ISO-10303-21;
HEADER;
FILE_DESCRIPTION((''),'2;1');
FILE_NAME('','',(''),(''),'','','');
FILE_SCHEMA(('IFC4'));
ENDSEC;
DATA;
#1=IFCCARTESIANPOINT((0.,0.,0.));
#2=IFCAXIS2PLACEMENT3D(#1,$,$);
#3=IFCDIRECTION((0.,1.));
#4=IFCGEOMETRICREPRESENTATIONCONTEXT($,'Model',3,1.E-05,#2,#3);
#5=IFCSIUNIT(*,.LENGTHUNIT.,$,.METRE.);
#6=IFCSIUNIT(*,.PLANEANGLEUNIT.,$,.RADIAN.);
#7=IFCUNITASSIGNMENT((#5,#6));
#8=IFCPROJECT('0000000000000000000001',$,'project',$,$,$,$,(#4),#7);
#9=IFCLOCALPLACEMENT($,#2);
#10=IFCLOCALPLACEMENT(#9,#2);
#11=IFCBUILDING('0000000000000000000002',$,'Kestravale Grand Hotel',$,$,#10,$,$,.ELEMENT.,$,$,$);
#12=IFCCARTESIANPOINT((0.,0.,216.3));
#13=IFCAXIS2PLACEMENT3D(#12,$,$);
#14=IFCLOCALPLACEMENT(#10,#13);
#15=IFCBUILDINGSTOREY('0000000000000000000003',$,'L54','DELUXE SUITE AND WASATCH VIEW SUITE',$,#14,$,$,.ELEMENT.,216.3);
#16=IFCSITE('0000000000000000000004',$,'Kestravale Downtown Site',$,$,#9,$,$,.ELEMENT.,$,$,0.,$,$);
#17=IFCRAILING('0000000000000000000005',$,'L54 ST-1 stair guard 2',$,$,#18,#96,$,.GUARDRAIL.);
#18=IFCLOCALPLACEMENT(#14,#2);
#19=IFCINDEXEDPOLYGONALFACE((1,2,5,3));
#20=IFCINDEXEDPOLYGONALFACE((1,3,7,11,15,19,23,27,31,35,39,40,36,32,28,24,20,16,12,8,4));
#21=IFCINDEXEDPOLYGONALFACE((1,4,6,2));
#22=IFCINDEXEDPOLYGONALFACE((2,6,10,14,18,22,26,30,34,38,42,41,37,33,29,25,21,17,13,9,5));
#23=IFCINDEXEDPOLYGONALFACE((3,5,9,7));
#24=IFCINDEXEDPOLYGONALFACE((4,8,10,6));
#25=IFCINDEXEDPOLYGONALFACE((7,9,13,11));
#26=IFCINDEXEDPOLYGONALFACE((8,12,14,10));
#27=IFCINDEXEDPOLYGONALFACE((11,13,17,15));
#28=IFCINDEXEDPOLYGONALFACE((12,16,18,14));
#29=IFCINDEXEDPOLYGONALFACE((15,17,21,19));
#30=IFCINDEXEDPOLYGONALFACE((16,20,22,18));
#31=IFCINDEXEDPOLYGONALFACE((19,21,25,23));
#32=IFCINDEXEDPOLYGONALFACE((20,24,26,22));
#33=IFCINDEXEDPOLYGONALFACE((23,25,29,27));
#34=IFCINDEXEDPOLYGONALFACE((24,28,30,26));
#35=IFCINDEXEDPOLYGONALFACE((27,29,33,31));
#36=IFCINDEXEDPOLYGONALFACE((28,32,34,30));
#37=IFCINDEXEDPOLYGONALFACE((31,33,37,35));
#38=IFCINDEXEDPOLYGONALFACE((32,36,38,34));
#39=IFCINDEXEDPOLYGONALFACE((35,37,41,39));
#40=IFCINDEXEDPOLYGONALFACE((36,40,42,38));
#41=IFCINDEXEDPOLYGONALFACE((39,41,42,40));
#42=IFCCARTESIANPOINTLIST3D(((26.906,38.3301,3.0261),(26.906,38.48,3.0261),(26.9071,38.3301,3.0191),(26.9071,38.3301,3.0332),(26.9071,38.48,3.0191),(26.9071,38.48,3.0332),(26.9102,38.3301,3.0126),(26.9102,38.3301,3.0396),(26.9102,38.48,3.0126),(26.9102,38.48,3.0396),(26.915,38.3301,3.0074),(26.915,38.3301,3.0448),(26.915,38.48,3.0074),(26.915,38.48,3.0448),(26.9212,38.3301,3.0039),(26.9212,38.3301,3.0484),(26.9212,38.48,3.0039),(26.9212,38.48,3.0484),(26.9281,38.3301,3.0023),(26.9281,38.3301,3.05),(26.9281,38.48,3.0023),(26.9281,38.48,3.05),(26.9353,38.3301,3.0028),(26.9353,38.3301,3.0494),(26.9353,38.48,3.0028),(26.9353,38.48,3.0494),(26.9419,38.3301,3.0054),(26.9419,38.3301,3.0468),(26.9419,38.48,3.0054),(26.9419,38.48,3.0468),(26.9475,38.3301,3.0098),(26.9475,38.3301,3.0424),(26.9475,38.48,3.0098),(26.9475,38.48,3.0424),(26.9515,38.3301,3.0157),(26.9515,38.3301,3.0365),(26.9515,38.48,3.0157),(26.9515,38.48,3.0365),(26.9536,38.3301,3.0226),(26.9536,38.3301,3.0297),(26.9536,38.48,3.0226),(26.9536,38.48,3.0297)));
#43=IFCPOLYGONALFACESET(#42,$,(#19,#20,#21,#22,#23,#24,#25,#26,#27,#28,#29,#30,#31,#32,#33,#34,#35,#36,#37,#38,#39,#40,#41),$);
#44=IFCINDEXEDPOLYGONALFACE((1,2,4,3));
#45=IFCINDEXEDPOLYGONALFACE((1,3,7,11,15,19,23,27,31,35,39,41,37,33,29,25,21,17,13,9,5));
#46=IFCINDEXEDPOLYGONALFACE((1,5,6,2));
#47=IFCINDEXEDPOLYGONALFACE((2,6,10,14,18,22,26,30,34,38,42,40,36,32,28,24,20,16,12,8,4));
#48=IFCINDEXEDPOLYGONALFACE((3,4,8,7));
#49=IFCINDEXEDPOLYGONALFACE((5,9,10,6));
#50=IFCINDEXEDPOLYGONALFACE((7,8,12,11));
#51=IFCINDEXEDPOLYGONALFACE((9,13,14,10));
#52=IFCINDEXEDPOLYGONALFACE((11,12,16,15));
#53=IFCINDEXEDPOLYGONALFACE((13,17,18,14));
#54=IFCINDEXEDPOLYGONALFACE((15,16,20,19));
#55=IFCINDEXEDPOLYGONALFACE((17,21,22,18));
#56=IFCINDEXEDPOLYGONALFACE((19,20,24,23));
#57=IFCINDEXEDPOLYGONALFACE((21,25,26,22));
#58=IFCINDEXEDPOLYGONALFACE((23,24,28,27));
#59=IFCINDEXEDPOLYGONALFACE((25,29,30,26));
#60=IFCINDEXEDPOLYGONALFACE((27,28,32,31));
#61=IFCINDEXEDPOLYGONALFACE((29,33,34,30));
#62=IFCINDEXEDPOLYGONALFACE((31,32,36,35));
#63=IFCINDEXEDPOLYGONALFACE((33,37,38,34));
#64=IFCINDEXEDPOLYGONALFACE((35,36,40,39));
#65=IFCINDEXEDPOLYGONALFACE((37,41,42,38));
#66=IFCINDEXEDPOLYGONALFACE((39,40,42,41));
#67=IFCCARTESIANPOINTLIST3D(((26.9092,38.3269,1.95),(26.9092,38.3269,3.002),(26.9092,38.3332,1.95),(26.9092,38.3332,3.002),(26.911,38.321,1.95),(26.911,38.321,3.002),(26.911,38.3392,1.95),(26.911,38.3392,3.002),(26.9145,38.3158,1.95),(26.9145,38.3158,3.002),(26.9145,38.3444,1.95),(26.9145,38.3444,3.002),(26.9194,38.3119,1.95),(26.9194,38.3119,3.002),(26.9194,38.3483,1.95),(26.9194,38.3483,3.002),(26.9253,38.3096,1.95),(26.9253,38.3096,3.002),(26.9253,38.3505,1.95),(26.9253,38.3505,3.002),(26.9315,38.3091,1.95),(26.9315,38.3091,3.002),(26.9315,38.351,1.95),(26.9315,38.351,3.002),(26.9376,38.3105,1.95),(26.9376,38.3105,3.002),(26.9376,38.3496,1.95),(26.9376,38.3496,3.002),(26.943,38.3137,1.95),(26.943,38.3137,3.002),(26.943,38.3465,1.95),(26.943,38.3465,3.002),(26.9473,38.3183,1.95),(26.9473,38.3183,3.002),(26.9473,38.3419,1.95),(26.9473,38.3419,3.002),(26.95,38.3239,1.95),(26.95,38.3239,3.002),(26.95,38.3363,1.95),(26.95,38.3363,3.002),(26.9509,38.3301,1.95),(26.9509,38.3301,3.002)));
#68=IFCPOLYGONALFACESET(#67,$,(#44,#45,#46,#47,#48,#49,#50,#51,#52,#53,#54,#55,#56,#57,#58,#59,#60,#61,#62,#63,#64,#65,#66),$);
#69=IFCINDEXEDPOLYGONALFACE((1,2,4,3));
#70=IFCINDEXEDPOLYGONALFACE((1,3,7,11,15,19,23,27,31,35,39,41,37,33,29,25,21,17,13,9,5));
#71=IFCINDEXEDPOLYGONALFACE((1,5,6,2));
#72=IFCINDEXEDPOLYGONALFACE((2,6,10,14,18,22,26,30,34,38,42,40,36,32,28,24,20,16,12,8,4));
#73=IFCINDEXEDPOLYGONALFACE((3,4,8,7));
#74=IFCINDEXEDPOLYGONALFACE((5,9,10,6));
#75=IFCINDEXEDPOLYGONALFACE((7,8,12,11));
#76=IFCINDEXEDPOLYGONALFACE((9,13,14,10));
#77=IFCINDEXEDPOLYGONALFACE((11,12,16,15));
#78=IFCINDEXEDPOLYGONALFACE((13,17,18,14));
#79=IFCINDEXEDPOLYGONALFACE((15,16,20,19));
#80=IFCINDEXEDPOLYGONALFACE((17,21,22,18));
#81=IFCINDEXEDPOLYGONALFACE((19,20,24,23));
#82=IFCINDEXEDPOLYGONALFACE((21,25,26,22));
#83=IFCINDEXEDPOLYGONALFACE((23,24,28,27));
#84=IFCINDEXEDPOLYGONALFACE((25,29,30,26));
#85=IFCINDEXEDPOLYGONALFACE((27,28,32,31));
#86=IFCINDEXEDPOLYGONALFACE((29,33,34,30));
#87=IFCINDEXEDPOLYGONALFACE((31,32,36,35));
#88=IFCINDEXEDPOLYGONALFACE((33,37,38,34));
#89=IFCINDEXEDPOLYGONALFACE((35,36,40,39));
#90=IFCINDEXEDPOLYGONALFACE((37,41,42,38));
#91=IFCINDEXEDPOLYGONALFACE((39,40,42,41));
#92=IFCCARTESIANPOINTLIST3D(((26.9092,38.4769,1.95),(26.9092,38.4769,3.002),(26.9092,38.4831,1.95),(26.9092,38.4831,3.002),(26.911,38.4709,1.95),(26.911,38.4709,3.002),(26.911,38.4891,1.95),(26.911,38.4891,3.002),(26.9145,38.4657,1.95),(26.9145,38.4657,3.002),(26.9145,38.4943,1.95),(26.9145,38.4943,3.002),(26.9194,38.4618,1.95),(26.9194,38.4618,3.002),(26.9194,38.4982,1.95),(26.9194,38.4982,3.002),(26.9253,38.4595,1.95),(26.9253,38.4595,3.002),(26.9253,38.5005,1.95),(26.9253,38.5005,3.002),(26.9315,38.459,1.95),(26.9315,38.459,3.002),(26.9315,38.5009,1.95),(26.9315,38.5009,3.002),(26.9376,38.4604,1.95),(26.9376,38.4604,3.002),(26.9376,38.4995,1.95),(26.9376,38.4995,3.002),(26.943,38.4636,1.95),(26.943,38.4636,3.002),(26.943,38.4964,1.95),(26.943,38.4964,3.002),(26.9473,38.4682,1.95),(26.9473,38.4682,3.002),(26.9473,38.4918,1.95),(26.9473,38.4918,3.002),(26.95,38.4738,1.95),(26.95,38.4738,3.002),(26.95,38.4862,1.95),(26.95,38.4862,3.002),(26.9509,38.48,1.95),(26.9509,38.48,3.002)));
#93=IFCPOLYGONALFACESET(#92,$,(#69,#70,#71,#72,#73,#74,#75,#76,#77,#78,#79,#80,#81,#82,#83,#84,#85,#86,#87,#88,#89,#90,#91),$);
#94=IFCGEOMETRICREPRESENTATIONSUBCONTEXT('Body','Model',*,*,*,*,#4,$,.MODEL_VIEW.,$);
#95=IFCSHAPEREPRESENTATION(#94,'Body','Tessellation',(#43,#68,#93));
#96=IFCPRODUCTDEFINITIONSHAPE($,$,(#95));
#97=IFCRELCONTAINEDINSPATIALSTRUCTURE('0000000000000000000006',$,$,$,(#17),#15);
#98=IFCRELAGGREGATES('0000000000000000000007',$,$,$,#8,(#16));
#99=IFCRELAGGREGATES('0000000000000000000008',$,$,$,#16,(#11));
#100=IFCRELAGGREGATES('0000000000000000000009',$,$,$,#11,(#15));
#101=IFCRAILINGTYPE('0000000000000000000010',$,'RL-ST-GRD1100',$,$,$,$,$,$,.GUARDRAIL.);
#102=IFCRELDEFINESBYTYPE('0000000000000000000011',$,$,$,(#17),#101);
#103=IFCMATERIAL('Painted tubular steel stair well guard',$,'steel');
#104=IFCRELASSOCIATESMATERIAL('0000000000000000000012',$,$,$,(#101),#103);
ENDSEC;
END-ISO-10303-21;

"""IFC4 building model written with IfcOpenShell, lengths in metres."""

from ifc_helpers import new_model, si_unit, direction, frame, origin, origin_2d, place, context, subcontext, project, spatial, circle, extrude, material, type_object, element, save


model = new_model("IFC4")

# Units and contexts
model_context = context("Model", 3, precision=1e-05, world=origin(), true_north=direction((0.0, 1.0)))
body_context = subcontext(model_context, "Body", "Model", "MODEL_VIEW")
ifc_project = project(units=[si_unit("LENGTHUNIT", "METRE"), si_unit("PLANEANGLEUNIT", "RADIAN")], contexts=[model_context])

# Site, building, storey
site_placement = place(None, origin())
site = spatial("IfcSite", under=ifc_project, at=site_placement, Name="Kestravale Downtown Site", CompositionType="ELEMENT", RefElevation=0.0)
building_placement = place(site_placement, origin())
building = spatial("IfcBuilding", under=site, at=building_placement, Name="Kestravale Grand Hotel", CompositionType="ELEMENT")
storey_placement = place(building_placement, frame((0.0, 0.0, 216.3)))
storey = spatial("IfcBuildingStorey", under=building, at=storey_placement, Name="L54", Description="DELUXE SUITE AND WASATCH VIEW SUITE", CompositionType="ELEMENT", Elevation=216.3)

# Railing
ifc_material_1 = material(Name="Painted tubular steel stair well guard", Category="steel")
railing_type_1 = type_object("IfcRailingType", Name="RL-ST-GRD1100", PredefinedType="GUARDRAIL", material=ifc_material_1)
railing_1_placement = place(storey_placement, frame((26.9299, 38.3301, 1.95)))
element("IfcRailing", 1, at=railing_1_placement, inside=storey, type_object=railing_type_1, Name="L54 ST-1 stair guard 2", PredefinedType="GUARDRAIL", context=body_context, shape_type="SweptSolid", body=[
    extrude(circle(Radius=0.0239, at=origin_2d()), frame((0.0, 0.0, 1.0762), z_axis=(0.0, 1.0, 0.0), x_axis=(-1.0, 0.0, 0.0)), (0.0, 0.0, 1.0), 0.1499),
    extrude(circle(Radius=0.021, at=origin_2d()), origin(), (0.0, 0.0, 1.0), 1.052),
    extrude(circle(Radius=0.021, at=origin_2d()), frame((0.0, 0.1499, 0.0)), (0.0, 0.0, 1.0), 1.052),
])

save(model, "model.ifc")
